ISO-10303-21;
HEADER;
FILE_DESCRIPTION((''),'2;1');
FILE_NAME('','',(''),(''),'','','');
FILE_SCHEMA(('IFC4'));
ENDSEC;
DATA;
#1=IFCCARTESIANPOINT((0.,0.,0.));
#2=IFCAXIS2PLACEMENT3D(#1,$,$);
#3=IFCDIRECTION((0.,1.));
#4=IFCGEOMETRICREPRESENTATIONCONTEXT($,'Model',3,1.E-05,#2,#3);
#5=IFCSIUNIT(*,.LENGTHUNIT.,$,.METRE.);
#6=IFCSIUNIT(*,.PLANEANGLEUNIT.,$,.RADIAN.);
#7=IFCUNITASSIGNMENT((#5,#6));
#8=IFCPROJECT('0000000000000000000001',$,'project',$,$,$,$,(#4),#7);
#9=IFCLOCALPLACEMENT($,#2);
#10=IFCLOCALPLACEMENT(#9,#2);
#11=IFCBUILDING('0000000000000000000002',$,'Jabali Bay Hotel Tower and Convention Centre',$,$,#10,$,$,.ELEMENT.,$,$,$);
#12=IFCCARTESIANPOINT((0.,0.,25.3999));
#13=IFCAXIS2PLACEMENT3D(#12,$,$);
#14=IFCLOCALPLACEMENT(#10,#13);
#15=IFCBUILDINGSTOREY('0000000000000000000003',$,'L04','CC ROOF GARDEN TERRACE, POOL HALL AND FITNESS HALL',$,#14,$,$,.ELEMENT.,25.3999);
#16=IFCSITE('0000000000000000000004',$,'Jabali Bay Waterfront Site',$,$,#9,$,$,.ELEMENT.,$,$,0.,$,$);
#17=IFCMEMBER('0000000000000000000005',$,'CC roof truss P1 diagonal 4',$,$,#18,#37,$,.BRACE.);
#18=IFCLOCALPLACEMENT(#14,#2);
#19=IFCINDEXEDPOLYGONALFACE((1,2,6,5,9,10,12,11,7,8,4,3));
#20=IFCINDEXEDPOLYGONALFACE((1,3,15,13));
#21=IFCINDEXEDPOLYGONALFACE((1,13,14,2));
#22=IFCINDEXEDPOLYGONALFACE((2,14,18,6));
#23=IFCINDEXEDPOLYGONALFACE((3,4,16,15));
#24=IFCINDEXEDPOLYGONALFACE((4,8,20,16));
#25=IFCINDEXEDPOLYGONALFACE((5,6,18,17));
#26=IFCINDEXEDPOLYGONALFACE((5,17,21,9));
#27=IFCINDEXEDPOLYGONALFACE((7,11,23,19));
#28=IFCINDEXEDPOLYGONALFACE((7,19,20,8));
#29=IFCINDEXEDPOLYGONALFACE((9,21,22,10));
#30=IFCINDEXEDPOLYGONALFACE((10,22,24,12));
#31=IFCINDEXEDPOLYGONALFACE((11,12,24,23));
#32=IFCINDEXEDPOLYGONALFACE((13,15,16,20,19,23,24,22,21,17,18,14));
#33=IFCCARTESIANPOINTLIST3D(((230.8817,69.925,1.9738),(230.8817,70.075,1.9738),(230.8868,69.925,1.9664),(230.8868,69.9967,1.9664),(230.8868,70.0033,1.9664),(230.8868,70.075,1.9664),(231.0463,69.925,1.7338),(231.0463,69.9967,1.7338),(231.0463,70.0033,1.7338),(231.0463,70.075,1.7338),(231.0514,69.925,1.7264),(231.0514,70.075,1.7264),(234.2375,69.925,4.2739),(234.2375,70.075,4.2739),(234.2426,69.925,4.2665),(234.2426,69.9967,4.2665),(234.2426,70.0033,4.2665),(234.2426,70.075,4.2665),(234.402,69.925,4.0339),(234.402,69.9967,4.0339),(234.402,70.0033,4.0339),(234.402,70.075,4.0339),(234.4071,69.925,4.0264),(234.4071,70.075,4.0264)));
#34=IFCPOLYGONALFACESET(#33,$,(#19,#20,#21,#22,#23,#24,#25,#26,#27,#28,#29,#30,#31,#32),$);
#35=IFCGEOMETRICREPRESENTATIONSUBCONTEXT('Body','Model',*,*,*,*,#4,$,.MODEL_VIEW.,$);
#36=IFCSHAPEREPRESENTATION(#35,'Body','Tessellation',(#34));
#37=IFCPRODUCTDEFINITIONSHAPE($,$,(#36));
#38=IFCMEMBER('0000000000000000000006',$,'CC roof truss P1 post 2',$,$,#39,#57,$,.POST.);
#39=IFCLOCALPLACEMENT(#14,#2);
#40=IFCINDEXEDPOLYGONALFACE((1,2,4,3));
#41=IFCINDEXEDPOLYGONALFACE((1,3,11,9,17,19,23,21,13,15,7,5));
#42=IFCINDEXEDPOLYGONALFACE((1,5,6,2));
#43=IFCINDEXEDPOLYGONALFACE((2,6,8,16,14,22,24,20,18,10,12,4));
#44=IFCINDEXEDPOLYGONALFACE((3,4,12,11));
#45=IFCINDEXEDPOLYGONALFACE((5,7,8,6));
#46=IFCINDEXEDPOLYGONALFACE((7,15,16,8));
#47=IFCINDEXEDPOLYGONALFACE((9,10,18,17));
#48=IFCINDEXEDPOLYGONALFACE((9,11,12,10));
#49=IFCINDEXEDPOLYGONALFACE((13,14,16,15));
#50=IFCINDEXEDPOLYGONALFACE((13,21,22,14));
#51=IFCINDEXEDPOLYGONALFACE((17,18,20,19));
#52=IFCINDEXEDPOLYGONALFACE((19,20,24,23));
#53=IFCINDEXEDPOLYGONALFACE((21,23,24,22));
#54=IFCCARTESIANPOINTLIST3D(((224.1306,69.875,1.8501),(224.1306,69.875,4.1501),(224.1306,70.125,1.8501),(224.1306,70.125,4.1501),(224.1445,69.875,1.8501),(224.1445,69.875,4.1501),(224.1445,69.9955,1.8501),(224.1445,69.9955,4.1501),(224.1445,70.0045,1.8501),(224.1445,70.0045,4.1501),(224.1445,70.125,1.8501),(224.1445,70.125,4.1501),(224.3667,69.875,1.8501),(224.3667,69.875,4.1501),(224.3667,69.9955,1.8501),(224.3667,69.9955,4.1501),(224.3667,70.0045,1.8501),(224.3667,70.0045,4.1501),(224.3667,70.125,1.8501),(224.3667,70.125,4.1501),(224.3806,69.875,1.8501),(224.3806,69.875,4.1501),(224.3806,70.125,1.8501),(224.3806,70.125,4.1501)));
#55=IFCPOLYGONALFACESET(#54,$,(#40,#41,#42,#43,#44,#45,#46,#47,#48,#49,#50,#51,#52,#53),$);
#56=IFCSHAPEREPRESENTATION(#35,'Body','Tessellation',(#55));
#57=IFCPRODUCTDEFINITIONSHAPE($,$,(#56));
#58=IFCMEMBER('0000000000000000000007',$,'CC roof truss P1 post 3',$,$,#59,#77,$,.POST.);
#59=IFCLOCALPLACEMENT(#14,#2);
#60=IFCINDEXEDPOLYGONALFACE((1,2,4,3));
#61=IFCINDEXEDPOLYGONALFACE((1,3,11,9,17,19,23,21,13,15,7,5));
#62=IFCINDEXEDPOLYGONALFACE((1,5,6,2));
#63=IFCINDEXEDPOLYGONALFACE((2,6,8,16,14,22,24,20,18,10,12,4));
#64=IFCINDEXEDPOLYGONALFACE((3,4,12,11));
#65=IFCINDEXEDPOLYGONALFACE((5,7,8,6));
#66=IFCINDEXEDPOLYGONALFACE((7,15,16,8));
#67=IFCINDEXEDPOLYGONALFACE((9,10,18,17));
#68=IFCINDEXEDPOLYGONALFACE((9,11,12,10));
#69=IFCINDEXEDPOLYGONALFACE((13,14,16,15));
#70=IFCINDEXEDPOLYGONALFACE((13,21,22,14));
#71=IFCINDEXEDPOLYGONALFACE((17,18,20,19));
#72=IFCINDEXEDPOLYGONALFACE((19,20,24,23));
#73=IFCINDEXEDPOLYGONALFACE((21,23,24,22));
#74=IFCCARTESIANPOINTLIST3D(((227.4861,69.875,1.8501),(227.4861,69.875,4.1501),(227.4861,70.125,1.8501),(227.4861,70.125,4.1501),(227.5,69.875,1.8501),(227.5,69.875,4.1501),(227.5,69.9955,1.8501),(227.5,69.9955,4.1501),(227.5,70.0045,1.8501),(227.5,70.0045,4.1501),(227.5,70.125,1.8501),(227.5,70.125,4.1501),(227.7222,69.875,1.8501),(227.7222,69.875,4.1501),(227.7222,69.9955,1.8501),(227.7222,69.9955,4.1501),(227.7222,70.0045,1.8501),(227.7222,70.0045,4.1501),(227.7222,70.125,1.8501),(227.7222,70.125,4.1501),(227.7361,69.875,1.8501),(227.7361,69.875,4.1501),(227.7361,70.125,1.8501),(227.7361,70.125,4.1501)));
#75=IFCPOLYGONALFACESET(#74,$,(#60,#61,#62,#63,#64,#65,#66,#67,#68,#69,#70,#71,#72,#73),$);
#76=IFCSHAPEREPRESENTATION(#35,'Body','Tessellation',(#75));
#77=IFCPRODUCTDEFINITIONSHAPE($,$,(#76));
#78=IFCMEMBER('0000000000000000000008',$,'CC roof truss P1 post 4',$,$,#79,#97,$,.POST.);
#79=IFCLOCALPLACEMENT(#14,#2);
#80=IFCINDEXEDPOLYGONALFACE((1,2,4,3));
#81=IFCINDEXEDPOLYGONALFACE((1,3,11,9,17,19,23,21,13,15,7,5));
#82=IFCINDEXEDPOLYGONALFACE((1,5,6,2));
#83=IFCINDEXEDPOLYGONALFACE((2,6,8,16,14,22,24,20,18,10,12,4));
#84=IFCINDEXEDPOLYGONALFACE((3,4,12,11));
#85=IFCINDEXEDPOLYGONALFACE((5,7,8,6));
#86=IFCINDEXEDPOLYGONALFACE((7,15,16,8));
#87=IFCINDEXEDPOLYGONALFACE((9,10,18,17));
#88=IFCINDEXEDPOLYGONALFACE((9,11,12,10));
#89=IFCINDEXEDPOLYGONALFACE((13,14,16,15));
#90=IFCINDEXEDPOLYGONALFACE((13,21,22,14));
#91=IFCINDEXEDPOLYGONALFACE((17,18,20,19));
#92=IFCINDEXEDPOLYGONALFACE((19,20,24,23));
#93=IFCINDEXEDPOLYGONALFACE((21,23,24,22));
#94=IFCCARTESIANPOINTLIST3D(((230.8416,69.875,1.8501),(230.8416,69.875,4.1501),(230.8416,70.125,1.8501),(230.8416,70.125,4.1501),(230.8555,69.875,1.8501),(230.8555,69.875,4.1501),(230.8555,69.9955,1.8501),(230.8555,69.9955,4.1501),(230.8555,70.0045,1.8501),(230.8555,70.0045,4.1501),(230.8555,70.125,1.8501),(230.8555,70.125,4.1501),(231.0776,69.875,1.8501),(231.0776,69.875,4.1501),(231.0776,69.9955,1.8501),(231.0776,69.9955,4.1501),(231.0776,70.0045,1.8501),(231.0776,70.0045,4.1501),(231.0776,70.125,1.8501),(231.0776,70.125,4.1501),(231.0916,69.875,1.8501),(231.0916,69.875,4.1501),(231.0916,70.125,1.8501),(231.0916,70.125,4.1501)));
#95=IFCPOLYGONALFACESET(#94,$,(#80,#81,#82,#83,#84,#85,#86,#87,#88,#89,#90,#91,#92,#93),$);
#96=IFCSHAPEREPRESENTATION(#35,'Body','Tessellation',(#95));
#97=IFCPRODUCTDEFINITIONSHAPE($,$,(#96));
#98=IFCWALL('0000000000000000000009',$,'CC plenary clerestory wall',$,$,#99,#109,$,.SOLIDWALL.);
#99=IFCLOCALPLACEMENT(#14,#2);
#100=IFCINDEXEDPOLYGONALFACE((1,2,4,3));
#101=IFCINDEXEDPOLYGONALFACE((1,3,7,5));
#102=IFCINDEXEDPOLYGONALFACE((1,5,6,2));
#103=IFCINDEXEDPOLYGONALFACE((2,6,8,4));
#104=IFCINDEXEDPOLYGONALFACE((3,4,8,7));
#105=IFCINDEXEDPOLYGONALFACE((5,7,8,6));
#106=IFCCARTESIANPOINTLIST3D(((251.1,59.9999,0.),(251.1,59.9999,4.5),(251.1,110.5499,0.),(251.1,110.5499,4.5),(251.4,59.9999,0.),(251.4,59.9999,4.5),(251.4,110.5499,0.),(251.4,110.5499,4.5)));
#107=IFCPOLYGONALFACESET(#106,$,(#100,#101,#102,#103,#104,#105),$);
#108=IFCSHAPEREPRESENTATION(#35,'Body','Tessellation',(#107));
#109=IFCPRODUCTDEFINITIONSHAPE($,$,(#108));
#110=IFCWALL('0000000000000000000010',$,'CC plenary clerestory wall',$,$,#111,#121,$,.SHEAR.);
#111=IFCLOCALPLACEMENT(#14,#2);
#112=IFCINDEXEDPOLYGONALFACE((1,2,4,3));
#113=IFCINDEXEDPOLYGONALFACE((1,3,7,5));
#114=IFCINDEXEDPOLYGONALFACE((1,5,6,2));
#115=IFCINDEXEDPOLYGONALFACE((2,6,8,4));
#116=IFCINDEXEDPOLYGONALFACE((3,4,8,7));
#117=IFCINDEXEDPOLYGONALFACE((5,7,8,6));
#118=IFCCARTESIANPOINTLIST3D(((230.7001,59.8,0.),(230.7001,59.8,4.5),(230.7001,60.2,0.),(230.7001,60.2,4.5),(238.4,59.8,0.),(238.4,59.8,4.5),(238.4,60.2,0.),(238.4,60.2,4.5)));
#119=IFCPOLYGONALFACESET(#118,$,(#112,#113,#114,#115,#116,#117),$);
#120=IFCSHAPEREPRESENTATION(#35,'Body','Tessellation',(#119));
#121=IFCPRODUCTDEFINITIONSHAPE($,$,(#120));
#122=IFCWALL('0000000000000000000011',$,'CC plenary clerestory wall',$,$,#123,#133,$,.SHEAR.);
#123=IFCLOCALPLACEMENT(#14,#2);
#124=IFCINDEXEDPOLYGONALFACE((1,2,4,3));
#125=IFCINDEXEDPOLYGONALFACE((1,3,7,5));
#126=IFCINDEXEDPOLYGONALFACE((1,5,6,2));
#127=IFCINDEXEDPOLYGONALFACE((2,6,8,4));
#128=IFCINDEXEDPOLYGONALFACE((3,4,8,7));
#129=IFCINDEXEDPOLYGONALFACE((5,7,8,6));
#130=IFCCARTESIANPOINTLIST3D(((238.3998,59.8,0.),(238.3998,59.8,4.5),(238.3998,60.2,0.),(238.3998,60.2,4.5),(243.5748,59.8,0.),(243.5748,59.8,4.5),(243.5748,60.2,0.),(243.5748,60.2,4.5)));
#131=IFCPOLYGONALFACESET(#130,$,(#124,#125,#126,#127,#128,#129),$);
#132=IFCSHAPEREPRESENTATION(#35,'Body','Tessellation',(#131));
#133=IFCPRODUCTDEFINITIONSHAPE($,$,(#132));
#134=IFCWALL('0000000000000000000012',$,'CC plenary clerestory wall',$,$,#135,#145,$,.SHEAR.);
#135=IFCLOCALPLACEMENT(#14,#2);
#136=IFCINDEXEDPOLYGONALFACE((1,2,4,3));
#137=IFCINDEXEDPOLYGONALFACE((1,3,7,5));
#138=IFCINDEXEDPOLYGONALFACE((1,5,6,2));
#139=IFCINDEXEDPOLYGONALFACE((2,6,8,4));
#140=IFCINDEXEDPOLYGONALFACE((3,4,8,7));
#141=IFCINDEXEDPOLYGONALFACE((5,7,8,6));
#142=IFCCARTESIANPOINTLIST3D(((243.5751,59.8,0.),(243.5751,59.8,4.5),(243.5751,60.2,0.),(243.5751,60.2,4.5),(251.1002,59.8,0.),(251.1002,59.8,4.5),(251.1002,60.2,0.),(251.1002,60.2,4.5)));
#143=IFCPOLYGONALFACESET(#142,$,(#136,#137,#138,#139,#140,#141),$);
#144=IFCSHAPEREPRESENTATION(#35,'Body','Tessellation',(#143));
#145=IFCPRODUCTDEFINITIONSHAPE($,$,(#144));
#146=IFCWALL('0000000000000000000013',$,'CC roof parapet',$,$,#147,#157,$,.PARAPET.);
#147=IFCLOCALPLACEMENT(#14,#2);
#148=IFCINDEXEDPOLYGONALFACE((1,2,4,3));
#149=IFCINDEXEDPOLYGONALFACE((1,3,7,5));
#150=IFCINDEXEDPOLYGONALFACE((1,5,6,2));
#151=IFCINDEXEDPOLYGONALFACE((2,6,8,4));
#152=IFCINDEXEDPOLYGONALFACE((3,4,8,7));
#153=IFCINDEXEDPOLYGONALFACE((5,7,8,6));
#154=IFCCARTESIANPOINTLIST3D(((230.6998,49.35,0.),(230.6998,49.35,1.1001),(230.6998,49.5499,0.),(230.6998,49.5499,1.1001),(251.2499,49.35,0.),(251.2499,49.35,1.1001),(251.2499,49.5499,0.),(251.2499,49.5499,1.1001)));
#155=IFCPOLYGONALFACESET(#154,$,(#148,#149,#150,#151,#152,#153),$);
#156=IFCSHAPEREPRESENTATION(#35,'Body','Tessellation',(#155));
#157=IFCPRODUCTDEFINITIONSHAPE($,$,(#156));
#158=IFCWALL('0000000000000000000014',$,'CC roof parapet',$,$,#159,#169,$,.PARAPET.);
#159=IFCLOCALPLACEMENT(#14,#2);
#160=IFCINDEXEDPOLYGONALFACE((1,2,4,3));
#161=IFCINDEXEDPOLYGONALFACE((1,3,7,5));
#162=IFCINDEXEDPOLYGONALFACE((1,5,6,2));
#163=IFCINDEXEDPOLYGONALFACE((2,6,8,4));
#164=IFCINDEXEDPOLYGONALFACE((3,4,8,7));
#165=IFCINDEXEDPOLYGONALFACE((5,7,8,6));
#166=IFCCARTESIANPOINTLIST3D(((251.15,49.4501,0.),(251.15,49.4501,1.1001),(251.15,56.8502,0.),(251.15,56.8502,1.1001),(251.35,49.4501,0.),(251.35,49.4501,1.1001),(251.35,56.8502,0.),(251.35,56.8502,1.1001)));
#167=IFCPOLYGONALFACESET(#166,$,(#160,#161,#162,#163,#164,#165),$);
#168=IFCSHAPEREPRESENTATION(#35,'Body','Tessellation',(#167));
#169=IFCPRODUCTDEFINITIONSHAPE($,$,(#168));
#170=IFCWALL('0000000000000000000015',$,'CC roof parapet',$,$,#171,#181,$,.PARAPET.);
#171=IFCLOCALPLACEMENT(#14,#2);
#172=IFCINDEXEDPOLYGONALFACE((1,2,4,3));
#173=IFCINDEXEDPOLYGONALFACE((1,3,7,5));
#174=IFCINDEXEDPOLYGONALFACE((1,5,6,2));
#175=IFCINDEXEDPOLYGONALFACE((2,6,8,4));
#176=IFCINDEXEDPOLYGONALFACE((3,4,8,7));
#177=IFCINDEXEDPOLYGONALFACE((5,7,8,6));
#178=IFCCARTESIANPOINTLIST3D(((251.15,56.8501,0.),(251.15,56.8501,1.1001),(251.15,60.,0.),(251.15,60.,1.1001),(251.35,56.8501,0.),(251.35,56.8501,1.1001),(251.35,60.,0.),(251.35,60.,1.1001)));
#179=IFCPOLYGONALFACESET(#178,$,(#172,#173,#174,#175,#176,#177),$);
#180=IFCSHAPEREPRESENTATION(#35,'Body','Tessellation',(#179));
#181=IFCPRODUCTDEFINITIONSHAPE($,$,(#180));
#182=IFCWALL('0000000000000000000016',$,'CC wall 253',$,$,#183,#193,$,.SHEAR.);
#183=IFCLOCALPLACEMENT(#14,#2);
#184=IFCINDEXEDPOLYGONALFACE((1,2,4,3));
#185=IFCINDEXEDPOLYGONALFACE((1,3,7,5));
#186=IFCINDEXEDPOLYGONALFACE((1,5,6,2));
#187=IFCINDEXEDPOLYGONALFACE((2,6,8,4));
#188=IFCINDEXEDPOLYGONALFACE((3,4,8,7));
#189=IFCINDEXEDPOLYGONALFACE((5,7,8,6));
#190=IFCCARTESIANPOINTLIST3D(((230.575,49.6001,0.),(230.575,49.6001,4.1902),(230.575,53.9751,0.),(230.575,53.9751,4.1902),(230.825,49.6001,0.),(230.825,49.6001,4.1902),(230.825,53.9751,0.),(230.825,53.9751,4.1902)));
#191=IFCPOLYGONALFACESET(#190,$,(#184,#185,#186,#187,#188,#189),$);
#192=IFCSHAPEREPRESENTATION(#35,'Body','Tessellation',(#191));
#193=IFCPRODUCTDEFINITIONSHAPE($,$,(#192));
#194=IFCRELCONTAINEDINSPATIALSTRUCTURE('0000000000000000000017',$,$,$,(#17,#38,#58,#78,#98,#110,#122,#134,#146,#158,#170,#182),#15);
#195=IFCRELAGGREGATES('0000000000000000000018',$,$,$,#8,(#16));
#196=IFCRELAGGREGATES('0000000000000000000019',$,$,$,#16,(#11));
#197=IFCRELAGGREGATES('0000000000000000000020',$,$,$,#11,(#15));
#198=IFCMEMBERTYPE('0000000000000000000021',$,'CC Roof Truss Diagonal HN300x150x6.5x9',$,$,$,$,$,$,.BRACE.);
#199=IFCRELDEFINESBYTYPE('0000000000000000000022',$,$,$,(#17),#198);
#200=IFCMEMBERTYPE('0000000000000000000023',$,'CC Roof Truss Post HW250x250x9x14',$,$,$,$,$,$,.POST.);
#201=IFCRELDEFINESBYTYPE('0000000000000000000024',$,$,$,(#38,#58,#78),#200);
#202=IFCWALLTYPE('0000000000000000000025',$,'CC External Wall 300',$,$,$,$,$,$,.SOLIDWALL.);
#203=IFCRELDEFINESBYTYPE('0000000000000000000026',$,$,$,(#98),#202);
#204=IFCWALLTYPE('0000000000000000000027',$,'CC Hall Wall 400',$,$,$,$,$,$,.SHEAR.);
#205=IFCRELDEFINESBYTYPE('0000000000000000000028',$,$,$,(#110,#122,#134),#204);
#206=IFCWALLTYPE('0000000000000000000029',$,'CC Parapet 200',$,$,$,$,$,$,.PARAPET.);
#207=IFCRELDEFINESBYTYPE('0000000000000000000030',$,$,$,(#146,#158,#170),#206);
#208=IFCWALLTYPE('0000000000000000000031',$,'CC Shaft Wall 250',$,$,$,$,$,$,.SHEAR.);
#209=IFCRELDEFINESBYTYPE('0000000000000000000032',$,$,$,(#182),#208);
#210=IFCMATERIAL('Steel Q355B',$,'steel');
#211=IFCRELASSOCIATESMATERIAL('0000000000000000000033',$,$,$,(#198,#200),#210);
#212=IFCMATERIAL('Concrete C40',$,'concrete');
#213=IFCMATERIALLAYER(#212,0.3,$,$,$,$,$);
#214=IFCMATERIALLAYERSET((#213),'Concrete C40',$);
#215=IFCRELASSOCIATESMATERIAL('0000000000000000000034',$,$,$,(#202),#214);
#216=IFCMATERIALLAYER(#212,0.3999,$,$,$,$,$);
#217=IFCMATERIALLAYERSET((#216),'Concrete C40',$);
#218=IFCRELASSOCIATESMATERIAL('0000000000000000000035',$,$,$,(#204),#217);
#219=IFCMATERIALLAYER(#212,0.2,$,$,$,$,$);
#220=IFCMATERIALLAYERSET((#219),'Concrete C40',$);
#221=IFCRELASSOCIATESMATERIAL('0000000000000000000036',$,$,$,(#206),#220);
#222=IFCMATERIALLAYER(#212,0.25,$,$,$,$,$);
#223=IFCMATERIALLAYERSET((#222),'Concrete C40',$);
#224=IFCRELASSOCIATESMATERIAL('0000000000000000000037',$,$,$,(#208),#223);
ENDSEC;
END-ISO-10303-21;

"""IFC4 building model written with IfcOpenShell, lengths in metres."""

from ifc_helpers import new_model, si_unit, direction, frame, frame_2d, origin, origin_2d, place, context, subcontext, project, spatial, rectangle, i_section, extrude, material, layer, layer_set, material_profile, profile_set, type_object, element, save


model = new_model("IFC4")

# Units and contexts
model_context = context("Model", 3, precision=1e-05, world=origin(), true_north=direction((0.0, 1.0)))
body_context = subcontext(model_context, "Body", "Model", "MODEL_VIEW")
ifc_project = project(units=[si_unit("LENGTHUNIT", "METRE"), si_unit("PLANEANGLEUNIT", "RADIAN")], contexts=[model_context])

# Site, building, storey
site_placement = place(None, origin())
site = spatial("IfcSite", under=ifc_project, at=site_placement, Name="Jabali Bay Waterfront Site", CompositionType="ELEMENT", RefElevation=0.0)
building_placement = place(site_placement, origin())
building = spatial("IfcBuilding", under=site, at=building_placement, Name="Jabali Bay Hotel Tower and Convention Centre", CompositionType="ELEMENT")
storey_placement = place(building_placement, frame((0.0, 0.0, 25.3999)))
storey = spatial("IfcBuildingStorey", under=building, at=storey_placement, Name="L04", Description="CC ROOF GARDEN TERRACE, POOL HALL AND FITNESS HALL", CompositionType="ELEMENT", Elevation=25.3999)

# Members
ifc_material_1 = material(Name="Steel Q355B", Category="steel")
ifc_material_profile_1 = material_profile(ifc_material_1, i_section(OverallWidth=0.1499, OverallDepth=0.3, WebThickness=0.0066, FlangeThickness=0.009, at=origin_2d()), Name="HN300x150x6.5x9")
ifc_profile_set_1 = profile_set([ifc_material_profile_1], Name="Steel Q355B")
member_type_1 = type_object("IfcMemberType", Name="CC Roof Truss Diagonal HN300x150x6.5x9", PredefinedType="BRACE", material=ifc_profile_set_1)
member_placement = place(storey_placement, frame((230.9666, 70.0, 1.8501), z_axis=(0.824845, 0.0, 0.565359), x_axis=(0.0, 1.0, 0.0)))
element("IfcMember", 1, at=member_placement, inside=storey, type_object=member_type_1, Name="CC roof truss P1 diagonal 4", PredefinedType="BRACE", context=body_context, shape_type="SweptSolid", body=[
    extrude(i_section(OverallWidth=0.1499, OverallDepth=0.3, WebThickness=0.0066, FlangeThickness=0.009, at=origin_2d()), origin(), (0.0, 0.0, 1.0), 4.0684),
])
ifc_material_profile_2 = material_profile(ifc_material_1, i_section(OverallWidth=0.25, OverallDepth=0.25, WebThickness=0.009, FlangeThickness=0.0139, at=origin_2d()), Name="HW250x250x9x14")
ifc_profile_set_2 = profile_set([ifc_material_profile_2], Name="Steel Q355B")
member_type_2 = type_object("IfcMemberType", Name="CC Roof Truss Post HW250x250x9x14", PredefinedType="POST", material=ifc_profile_set_2)
for number, where, z_axis, x_axis, name in (
    (2, (224.2556, 70.0, 1.8501), (0.0, 0.0, 1.0), (0.0, 1.0, 0.0), "CC roof truss P1 post 2"),
    (3, (227.6111, 70.0, 1.8501), (0.0, 0.0, 1.0), (0.0, 1.0, 0.0), "CC roof truss P1 post 3"),
    (4, (230.9666, 70.0, 1.8501), (0.0, 0.0, 1.0), (0.0, 1.0, 0.0), "CC roof truss P1 post 4"),
):
    element("IfcMember", number, at=place(storey_placement, frame(where, z_axis=z_axis, x_axis=x_axis)), inside=storey, type_object=member_type_2, Name=name, PredefinedType="POST", context=body_context, shape_type="SweptSolid", body=[
        extrude(i_section(OverallWidth=0.25, OverallDepth=0.25, WebThickness=0.009, FlangeThickness=0.0139, at=origin_2d()), origin(), (0.0, 0.0, 1.0), 2.3),
    ])

# Walls
ifc_material_2 = material(Name="Concrete C40", Category="concrete")
ifc_layer_1 = layer(ifc_material_2, 0.3)
ifc_layer_set_1 = layer_set([ifc_layer_1], Name="Concrete C40")
wall_type_1 = type_object("IfcWallType", Name="CC External Wall 300", PredefinedType="SOLIDWALL", material=ifc_layer_set_1)
wall_1_placement = place(storey_placement, frame((251.25, 60.0, 0.0), z_axis=(0.0, 0.0, 1.0), x_axis=(0.0, 1.0, 0.0)))
element("IfcWall", 5, at=wall_1_placement, inside=storey, type_object=wall_type_1, Name="CC plenary clerestory wall", PredefinedType="SOLIDWALL", context=body_context, shape_type="SweptSolid", body=[
    extrude(rectangle(XDim=50.55, YDim=0.3, at=frame_2d((25.2749, 0.0))), origin(), (0.0, 0.0, 1.0), 4.5),
])
ifc_layer_2 = layer(ifc_material_2, 0.3999)
ifc_layer_set_2 = layer_set([ifc_layer_2], Name="Concrete C40")
wall_type_2 = type_object("IfcWallType", Name="CC Hall Wall 400", PredefinedType="SHEAR", material=ifc_layer_set_2)
wall_2_placement = place(storey_placement, frame((230.7, 60.0, 0.0), z_axis=(0.0, 0.0, 1.0), x_axis=(1.0, 0.0, 0.0)))
element("IfcWall", 6, at=wall_2_placement, inside=storey, type_object=wall_type_2, Name="CC plenary clerestory wall", PredefinedType="SHEAR", context=body_context, shape_type="SweptSolid", body=[
    extrude(rectangle(XDim=7.7, YDim=0.3999, at=frame_2d((3.8501, 0.0))), origin(), (0.0, 0.0, 1.0), 4.5),
])
wall_3_placement = place(storey_placement, frame((238.3999, 60.0, 0.0), z_axis=(0.0, 0.0, 1.0), x_axis=(1.0, 0.0, 0.0)))
element("IfcWall", 7, at=wall_3_placement, inside=storey, type_object=wall_type_2, Name="CC plenary clerestory wall", PredefinedType="SHEAR", context=body_context, shape_type="SweptSolid", body=[
    extrude(rectangle(XDim=5.175, YDim=0.3999, at=frame_2d((2.5874, 0.0))), origin(), (0.0, 0.0, 1.0), 4.5),
])
wall_4_placement = place(storey_placement, frame((243.575, 60.0, 0.0), z_axis=(0.0, 0.0, 1.0), x_axis=(1.0, 0.0, 0.0)))
element("IfcWall", 8, at=wall_4_placement, inside=storey, type_object=wall_type_2, Name="CC plenary clerestory wall", PredefinedType="SHEAR", context=body_context, shape_type="SweptSolid", body=[
    extrude(rectangle(XDim=7.5251, YDim=0.3999, at=frame_2d((3.7627, 0.0))), origin(), (0.0, 0.0, 1.0), 4.5),
])
ifc_layer_3 = layer(ifc_material_2, 0.2)
ifc_layer_set_3 = layer_set([ifc_layer_3], Name="Concrete C40")
wall_type_3 = type_object("IfcWallType", Name="CC Parapet 200", PredefinedType="PARAPET", material=ifc_layer_set_3)
wall_5_placement = place(storey_placement, frame((230.7, 49.45, 0.0), z_axis=(0.0, 0.0, 1.0), x_axis=(1.0, 0.0, 0.0)))
element("IfcWall", 9, at=wall_5_placement, inside=storey, type_object=wall_type_3, Name="CC roof parapet", PredefinedType="PARAPET", context=body_context, shape_type="SweptSolid", body=[
    extrude(rectangle(XDim=20.55, YDim=0.2, at=frame_2d((10.2749, 0.0))), origin(), (0.0, 0.0, 1.0), 1.1001),
])
wall_6_placement = place(storey_placement, frame((251.25, 49.45, 0.0), z_axis=(0.0, 0.0, 1.0), x_axis=(0.0, 1.0, 0.0)))
element("IfcWall", 10, at=wall_6_placement, inside=storey, type_object=wall_type_3, Name="CC roof parapet", PredefinedType="PARAPET", context=body_context, shape_type="SweptSolid", body=[
    extrude(rectangle(XDim=7.4001, YDim=0.2, at=frame_2d((3.7002, 0.0))), origin(), (0.0, 0.0, 1.0), 1.1001),
])
wall_7_placement = place(storey_placement, frame((251.25, 56.8501, 0.0), z_axis=(0.0, 0.0, 1.0), x_axis=(0.0, 1.0, 0.0)))
element("IfcWall", 11, at=wall_7_placement, inside=storey, type_object=wall_type_3, Name="CC roof parapet", PredefinedType="PARAPET", context=body_context, shape_type="SweptSolid", body=[
    extrude(rectangle(XDim=3.1499, YDim=0.2, at=frame_2d((1.575, 0.0))), origin(), (0.0, 0.0, 1.0), 1.1001),
])
ifc_layer_4 = layer(ifc_material_2, 0.25)
ifc_layer_set_4 = layer_set([ifc_layer_4], Name="Concrete C40")
wall_type_4 = type_object("IfcWallType", Name="CC Shaft Wall 250", PredefinedType="SHEAR", material=ifc_layer_set_4)
wall_8_placement = place(storey_placement, frame((230.7, 49.6001, 0.0), z_axis=(0.0, 0.0, 1.0), x_axis=(0.0, 1.0, 0.0)))
element("IfcWall", 12, at=wall_8_placement, inside=storey, type_object=wall_type_4, Name="CC wall 253", PredefinedType="SHEAR", context=body_context, shape_type="SweptSolid", body=[
    extrude(rectangle(XDim=4.375, YDim=0.25, at=frame_2d((2.1875, 0.0))), origin(), (0.0, 0.0, 1.0), 4.1902),
])

save(model, "model.ifc")
